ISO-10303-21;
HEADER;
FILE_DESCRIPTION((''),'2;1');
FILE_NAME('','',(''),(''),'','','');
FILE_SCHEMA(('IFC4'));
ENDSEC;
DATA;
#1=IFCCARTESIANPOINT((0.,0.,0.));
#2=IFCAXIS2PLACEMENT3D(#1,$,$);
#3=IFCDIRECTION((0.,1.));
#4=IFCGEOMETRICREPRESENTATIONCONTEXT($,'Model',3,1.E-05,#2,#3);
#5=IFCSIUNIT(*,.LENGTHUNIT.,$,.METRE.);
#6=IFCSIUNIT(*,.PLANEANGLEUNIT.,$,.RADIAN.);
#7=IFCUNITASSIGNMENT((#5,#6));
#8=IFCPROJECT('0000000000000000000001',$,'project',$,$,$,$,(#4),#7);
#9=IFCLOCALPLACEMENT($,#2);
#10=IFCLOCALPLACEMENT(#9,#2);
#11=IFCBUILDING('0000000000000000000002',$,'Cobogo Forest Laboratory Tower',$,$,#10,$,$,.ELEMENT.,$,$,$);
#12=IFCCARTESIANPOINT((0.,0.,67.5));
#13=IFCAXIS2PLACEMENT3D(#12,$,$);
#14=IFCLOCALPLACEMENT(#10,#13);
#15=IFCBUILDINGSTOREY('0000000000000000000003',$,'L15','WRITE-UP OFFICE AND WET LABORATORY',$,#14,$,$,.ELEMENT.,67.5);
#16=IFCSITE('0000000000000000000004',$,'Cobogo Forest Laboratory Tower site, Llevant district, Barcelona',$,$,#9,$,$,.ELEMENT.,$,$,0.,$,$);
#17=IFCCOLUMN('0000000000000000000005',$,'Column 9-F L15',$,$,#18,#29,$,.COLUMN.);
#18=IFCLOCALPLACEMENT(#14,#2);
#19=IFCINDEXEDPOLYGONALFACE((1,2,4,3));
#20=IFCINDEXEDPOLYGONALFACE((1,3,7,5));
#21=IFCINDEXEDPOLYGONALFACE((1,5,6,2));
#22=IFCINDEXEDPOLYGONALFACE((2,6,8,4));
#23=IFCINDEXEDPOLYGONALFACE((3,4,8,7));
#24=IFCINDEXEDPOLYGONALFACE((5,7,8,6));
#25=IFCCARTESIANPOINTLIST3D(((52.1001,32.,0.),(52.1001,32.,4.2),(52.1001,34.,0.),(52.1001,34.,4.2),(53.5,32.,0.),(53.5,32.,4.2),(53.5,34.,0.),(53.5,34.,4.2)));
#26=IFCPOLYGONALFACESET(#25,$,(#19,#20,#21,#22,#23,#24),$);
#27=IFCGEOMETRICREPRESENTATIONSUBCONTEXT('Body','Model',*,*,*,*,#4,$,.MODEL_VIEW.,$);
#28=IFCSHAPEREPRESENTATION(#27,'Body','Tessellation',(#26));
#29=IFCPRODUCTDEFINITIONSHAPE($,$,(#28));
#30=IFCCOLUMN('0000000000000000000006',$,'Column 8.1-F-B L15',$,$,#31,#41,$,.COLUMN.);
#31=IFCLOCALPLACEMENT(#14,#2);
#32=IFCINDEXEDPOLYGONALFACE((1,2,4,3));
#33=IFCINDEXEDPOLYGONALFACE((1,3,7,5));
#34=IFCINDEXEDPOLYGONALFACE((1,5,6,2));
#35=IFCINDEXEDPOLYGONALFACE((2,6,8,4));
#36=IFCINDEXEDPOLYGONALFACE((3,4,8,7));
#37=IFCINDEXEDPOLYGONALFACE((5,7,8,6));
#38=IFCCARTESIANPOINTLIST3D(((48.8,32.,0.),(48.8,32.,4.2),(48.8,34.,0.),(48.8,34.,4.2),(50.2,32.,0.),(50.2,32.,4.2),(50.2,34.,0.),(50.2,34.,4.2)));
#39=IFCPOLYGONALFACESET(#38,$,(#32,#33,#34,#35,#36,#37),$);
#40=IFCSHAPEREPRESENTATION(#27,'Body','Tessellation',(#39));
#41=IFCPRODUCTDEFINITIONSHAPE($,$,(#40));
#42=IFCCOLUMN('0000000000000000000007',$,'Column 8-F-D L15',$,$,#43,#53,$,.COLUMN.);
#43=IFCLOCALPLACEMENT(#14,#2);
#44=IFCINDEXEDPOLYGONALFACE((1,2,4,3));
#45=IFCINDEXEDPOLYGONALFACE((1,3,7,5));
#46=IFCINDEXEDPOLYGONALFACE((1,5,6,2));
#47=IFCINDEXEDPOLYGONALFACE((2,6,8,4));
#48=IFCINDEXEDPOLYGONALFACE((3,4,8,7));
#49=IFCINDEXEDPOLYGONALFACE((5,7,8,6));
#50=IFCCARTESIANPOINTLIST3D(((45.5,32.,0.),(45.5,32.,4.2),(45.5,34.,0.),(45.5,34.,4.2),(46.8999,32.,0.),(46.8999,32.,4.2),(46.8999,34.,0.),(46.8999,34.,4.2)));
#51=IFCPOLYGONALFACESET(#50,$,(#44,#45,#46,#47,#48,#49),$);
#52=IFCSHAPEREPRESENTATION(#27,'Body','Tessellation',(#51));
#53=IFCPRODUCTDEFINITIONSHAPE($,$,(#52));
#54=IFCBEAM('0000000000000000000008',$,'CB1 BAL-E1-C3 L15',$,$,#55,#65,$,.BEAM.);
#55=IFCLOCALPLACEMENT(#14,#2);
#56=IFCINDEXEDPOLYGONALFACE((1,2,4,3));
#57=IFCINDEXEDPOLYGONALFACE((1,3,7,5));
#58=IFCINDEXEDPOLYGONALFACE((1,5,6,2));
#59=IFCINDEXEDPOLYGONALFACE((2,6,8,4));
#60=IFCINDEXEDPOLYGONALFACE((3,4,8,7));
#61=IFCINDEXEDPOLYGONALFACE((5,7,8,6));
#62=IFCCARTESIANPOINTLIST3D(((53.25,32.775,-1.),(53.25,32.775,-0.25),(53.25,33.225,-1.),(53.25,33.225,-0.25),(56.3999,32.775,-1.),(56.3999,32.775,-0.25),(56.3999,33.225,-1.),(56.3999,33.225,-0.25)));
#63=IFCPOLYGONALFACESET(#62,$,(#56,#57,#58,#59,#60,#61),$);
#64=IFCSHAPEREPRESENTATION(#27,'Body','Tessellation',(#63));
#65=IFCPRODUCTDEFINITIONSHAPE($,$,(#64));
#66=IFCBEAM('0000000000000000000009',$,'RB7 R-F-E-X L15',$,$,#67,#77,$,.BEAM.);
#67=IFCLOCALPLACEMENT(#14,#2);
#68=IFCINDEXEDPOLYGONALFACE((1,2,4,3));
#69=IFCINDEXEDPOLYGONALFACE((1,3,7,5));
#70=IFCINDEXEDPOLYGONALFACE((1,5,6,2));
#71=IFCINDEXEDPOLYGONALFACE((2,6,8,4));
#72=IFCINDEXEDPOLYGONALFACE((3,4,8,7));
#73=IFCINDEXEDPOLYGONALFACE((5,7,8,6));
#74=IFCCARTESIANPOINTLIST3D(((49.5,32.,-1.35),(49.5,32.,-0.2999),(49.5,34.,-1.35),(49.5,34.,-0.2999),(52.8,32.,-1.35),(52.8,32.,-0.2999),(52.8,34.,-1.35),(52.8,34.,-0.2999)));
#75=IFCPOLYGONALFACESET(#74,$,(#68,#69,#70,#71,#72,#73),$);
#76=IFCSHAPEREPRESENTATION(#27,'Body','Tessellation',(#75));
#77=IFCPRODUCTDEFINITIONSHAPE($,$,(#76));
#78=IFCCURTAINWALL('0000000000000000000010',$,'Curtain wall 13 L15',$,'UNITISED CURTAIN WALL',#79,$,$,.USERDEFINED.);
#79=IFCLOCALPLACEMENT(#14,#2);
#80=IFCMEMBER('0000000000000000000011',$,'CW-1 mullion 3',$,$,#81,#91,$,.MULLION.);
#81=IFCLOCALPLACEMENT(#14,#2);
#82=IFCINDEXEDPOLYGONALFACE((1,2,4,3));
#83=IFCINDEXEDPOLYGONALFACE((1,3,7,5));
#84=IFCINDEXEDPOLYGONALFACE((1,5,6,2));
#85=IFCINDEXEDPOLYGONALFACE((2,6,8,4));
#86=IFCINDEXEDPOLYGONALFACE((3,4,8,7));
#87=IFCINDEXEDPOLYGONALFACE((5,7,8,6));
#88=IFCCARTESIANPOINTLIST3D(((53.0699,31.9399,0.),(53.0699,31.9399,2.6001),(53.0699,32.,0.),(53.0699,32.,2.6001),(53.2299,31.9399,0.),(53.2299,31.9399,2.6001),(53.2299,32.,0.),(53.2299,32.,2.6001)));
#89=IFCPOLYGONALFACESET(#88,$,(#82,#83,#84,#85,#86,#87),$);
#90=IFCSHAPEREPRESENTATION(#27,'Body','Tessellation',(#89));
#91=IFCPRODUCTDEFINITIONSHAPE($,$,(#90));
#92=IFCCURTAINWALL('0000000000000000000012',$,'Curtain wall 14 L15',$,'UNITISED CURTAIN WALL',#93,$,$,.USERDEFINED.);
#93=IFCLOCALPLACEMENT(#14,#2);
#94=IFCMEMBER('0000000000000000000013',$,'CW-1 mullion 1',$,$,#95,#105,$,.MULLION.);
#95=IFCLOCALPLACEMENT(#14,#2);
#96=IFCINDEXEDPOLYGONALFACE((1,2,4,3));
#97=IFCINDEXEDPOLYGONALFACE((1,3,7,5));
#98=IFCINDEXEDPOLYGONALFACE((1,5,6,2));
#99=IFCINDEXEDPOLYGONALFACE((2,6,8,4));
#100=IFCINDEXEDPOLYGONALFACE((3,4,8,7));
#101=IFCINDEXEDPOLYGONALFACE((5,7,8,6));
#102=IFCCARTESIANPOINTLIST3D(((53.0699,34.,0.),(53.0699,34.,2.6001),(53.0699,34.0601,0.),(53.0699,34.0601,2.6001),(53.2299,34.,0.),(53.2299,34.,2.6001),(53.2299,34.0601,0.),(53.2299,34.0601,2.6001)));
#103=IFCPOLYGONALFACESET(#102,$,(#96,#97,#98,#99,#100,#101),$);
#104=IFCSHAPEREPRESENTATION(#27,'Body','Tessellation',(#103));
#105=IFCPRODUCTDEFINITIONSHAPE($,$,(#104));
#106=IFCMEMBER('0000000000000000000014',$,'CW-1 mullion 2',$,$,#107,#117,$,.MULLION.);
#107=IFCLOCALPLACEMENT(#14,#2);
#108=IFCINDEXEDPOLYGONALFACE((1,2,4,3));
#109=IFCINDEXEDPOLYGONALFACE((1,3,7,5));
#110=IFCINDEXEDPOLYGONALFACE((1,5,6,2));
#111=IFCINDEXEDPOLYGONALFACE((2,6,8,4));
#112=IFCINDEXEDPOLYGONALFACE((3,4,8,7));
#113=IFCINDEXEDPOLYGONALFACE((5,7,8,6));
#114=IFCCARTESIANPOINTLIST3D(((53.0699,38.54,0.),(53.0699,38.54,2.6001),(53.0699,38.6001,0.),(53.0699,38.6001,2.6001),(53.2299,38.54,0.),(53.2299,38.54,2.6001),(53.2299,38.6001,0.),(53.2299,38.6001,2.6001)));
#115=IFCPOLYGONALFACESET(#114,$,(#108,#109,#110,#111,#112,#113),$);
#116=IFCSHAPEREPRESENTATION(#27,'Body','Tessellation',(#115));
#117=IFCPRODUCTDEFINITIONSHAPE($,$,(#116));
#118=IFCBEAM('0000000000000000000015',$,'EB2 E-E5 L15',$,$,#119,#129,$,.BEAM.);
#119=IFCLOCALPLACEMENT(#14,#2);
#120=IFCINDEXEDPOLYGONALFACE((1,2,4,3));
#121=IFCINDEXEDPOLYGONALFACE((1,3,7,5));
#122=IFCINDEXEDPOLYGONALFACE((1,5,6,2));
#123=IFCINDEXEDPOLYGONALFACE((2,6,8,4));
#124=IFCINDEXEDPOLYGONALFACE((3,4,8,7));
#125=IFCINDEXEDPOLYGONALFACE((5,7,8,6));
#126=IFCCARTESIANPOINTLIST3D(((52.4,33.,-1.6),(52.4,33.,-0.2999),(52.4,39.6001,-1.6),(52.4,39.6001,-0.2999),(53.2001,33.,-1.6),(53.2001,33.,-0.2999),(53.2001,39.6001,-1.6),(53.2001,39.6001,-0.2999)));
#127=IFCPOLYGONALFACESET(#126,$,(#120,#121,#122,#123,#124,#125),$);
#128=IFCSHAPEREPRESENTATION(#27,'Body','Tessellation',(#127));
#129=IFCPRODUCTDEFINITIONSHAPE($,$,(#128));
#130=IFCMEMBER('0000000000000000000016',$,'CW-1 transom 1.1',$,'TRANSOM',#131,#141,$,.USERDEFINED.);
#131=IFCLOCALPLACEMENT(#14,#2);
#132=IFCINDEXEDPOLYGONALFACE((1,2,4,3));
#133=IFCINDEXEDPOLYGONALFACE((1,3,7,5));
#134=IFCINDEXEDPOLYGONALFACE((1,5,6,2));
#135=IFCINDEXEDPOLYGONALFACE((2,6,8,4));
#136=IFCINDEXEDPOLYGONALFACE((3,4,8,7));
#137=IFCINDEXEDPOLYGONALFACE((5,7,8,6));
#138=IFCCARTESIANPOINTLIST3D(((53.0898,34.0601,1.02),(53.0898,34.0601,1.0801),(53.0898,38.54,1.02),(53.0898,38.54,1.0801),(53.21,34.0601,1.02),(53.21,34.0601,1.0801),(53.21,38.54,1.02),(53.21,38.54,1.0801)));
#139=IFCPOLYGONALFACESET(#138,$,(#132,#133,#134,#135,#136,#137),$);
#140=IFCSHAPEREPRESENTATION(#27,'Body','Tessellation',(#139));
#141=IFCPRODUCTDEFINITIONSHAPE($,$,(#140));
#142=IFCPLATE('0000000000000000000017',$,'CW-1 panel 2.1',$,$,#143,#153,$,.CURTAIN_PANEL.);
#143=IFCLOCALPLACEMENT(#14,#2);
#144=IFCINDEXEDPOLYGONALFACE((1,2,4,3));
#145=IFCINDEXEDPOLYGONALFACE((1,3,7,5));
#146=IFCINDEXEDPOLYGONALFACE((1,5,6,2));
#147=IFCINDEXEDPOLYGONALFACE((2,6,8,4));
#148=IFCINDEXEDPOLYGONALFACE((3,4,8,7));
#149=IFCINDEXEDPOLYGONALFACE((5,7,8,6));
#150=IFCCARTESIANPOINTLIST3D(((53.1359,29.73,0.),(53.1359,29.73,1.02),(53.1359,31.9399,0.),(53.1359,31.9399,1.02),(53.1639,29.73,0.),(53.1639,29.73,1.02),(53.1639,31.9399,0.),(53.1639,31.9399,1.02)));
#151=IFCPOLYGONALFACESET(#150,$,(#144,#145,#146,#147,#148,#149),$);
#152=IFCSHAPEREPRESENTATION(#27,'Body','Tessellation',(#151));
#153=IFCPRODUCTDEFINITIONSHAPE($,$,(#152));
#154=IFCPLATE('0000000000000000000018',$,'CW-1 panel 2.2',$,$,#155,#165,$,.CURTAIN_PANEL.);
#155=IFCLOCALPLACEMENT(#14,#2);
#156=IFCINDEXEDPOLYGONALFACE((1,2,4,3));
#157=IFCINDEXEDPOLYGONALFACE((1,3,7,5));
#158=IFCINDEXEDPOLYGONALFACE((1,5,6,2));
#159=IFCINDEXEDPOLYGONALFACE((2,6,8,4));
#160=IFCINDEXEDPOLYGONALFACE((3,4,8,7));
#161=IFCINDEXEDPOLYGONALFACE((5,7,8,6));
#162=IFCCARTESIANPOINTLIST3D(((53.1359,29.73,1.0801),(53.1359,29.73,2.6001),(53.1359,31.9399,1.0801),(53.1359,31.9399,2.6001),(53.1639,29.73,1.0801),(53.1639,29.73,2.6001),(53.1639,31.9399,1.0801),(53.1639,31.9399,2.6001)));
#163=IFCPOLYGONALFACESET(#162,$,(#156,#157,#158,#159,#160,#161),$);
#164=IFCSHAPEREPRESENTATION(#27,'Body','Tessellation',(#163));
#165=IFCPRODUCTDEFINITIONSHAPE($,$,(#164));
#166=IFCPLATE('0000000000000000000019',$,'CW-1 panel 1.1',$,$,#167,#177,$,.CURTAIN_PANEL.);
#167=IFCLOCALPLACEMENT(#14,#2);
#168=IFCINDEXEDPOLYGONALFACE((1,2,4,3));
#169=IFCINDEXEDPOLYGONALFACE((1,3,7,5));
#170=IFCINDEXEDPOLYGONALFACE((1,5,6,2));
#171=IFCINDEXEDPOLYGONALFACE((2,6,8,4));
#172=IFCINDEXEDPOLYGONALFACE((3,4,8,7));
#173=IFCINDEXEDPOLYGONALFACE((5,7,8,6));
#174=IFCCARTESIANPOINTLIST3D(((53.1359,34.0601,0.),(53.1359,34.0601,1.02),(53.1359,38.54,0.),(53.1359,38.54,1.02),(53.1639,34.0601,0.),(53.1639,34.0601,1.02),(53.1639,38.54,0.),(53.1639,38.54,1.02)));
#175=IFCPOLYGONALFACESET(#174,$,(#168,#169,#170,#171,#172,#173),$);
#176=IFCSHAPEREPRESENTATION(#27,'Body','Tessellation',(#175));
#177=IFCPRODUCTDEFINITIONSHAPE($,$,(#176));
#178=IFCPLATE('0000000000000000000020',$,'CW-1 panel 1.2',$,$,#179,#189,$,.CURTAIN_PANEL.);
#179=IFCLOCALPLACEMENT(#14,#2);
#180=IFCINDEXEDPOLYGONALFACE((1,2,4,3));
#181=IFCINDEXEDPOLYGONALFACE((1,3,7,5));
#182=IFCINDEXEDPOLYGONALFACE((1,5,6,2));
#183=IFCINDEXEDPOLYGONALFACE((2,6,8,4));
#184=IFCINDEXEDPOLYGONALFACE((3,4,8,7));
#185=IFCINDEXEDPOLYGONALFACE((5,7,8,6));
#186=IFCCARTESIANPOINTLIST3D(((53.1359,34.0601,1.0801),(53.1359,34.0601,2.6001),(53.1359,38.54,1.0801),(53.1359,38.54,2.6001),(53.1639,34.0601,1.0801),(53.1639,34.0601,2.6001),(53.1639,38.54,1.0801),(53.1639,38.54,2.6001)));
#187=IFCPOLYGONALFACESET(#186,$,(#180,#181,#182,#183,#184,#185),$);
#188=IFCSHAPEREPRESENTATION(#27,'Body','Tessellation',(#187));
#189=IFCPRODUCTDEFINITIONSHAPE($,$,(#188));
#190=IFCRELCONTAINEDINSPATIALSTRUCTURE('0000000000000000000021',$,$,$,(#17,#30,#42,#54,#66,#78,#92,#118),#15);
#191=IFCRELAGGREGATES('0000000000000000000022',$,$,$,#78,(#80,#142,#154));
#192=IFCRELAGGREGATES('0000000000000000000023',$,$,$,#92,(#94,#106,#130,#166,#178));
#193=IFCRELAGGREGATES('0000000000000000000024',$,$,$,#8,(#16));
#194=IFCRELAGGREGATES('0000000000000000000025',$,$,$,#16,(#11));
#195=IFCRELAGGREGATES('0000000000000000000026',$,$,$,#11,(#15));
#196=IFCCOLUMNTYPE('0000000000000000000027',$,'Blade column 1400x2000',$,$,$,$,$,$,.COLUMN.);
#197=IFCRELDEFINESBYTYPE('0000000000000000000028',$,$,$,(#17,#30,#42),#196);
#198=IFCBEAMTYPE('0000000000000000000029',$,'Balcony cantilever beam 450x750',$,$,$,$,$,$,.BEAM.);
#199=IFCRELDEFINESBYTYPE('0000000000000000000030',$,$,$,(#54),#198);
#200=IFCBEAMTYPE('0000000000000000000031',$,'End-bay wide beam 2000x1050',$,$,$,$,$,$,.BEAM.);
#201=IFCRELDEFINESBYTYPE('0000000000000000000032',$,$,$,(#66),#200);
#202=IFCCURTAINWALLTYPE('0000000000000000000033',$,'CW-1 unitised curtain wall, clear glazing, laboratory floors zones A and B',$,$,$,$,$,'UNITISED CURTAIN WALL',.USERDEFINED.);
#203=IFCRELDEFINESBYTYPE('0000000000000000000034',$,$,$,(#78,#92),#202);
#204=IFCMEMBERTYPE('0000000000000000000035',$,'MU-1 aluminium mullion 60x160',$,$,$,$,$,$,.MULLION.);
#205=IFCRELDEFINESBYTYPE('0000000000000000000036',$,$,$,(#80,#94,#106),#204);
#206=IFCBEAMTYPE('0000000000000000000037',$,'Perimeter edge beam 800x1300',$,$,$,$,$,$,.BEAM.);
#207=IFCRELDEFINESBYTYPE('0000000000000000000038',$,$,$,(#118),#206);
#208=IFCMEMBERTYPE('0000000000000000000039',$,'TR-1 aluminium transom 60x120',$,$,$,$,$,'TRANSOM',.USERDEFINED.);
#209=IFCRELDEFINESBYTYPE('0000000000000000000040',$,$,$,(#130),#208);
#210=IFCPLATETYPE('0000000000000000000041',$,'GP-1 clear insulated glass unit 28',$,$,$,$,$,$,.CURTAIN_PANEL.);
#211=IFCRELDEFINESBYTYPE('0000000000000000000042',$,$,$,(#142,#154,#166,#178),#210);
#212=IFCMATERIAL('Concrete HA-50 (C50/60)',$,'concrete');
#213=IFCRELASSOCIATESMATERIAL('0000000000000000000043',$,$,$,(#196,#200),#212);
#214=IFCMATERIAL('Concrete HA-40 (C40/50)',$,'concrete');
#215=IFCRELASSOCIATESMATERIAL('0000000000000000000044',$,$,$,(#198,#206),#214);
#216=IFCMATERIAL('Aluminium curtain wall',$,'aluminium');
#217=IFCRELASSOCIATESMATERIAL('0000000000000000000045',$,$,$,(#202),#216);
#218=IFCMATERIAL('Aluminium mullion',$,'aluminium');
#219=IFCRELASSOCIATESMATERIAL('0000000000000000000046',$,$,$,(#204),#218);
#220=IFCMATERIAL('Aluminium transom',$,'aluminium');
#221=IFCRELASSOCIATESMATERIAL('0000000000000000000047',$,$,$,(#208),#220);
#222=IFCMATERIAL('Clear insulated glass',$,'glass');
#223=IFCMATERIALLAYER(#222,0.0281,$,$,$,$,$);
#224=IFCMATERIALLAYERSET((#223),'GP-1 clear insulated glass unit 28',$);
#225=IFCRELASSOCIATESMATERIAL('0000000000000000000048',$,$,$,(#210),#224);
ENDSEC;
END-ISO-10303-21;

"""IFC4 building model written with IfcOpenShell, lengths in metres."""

from ifc_helpers import new_model, si_unit, direction, frame, origin, origin_2d, place, context, subcontext, project, spatial, rectangle, extrude, material, layer, layer_set, material_profile, profile_set, type_object, element, aggregate, save


model = new_model("IFC4")

# Units and contexts
model_context = context("Model", 3, precision=1e-05, world=origin(), true_north=direction((0.0, 1.0)))
body_context = subcontext(model_context, "Body", "Model", "MODEL_VIEW")
ifc_project = project(units=[si_unit("LENGTHUNIT", "METRE"), si_unit("PLANEANGLEUNIT", "RADIAN")], contexts=[model_context])

# Site, building, storey
site_placement = place(None, origin())
site = spatial("IfcSite", under=ifc_project, at=site_placement, Name="Cobogo Forest Laboratory Tower site, Llevant district, Barcelona", CompositionType="ELEMENT", RefElevation=0.0)
building_placement = place(site_placement, origin())
building = spatial("IfcBuilding", under=site, at=building_placement, Name="Cobogo Forest Laboratory Tower", CompositionType="ELEMENT")
storey_placement = place(building_placement, frame((0.0, 0.0, 67.5)))
storey = spatial("IfcBuildingStorey", under=building, at=storey_placement, Name="L15", Description="WRITE-UP OFFICE AND WET LABORATORY", CompositionType="ELEMENT", Elevation=67.5)

# Columns
ifc_material_1 = material(Name="Concrete HA-50 (C50/60)", Category="concrete")
ifc_material_profile_1 = material_profile(ifc_material_1, rectangle(XDim=2.0, YDim=1.3999, at=origin_2d()), Name="RC 1400x2000")
ifc_profile_set_1 = profile_set([ifc_material_profile_1], Name="Concrete HA-50 (C50/60)")
column_type = type_object("IfcColumnType", Name="Blade column 1400x2000", PredefinedType="COLUMN", material=ifc_profile_set_1)
for number, where, z_axis, x_axis, name in (
    (1, (52.8, 33.0, 0.0), (0.0, 0.0, 1.0), (0.0, 1.0, 0.0), "Column 9-F L15"),
    (2, (49.5, 33.0, 0.0), (0.0, 0.0, 1.0), (0.0, 1.0, 0.0), "Column 8.1-F-B L15"),
    (3, (46.2, 33.0, 0.0), (0.0, 0.0, 1.0), (0.0, 1.0, 0.0), "Column 8-F-D L15"),
):
    element("IfcColumn", number, at=place(storey_placement, frame(where, z_axis=z_axis, x_axis=x_axis)), inside=storey, type_object=column_type, Name=name, PredefinedType="COLUMN", context=body_context, shape_type="SweptSolid", body=[
        extrude(rectangle(XDim=2.0, YDim=1.3999, at=origin_2d()), origin(), (0.0, 0.0, 1.0), 4.2),
    ])

# Beams
ifc_material_2 = material(Name="Concrete HA-40 (C40/50)", Category="concrete")
ifc_material_profile_2 = material_profile(ifc_material_2, rectangle(XDim=0.45, YDim=0.75, at=origin_2d()), Name="RC 450x750")
ifc_profile_set_2 = profile_set([ifc_material_profile_2], Name="Concrete HA-40 (C40/50)")
beam_type_1 = type_object("IfcBeamType", Name="Balcony cantilever beam 450x750", PredefinedType="BEAM", material=ifc_profile_set_2)
beam_1_placement = place(storey_placement, frame((53.25, 33.0, -0.625), z_axis=(1.0, 0.0, 0.0), x_axis=(0.0, 1.0, 0.0)))
element("IfcBeam", 4, at=beam_1_placement, inside=storey, type_object=beam_type_1, Name="CB1 BAL-E1-C3 L15", PredefinedType="BEAM", context=body_context, shape_type="SweptSolid", body=[
    extrude(rectangle(XDim=0.45, YDim=0.75, at=origin_2d()), origin(), (0.0, 0.0, 1.0), 3.1499),
])
ifc_material_profile_3 = material_profile(ifc_material_1, rectangle(XDim=2.0, YDim=1.05, at=origin_2d()), Name="RC 2000x1050")
ifc_profile_set_3 = profile_set([ifc_material_profile_3], Name="Concrete HA-50 (C50/60)")
beam_type_2 = type_object("IfcBeamType", Name="End-bay wide beam 2000x1050", PredefinedType="BEAM", material=ifc_profile_set_3)
beam_2_placement = place(storey_placement, frame((52.8, 33.0, -0.825), z_axis=(-1.0, 0.0, 0.0), x_axis=(0.0, -1.0, 0.0)))
element("IfcBeam", 5, at=beam_2_placement, inside=storey, type_object=beam_type_2, Name="RB7 R-F-E-X L15", PredefinedType="BEAM", context=body_context, shape_type="SweptSolid", body=[
    extrude(rectangle(XDim=2.0, YDim=1.05, at=origin_2d()), origin(), (0.0, 0.0, 1.0), 3.3),
])

# Curtain wall, member
ifc_material_3 = material(Name="Aluminium curtain wall", Category="aluminium")
curtain_wall_type = type_object("IfcCurtainWallType", Name="CW-1 unitised curtain wall, clear glazing, laboratory floors zones A and B", ElementType="UNITISED CURTAIN WALL", PredefinedType="USERDEFINED", material=ifc_material_3)
curtain_wall_1_placement = place(storey_placement, origin())
curtain_wall_1 = element("IfcCurtainWall", 6, at=curtain_wall_1_placement, inside=storey, type_object=curtain_wall_type, Name="Curtain wall 13 L15", ObjectType="UNITISED CURTAIN WALL", PredefinedType="USERDEFINED")
ifc_material_4 = material(Name="Aluminium mullion", Category="aluminium")
ifc_material_profile_4 = material_profile(ifc_material_4, rectangle(XDim=0.0601, YDim=0.1599, at=origin_2d()), Name="AL 60x160")
ifc_profile_set_4 = profile_set([ifc_material_profile_4], Name="Aluminium mullion")
member_type_1 = type_object("IfcMemberType", Name="MU-1 aluminium mullion 60x160", PredefinedType="MULLION", material=ifc_profile_set_4)
member_1_placement = place(storey_placement, frame((53.1499, 31.97, 0.0), z_axis=(0.0, 0.0, 1.0), x_axis=(0.0, 1.0, 0.0)))
member_1 = element("IfcMember", 7, at=member_1_placement, type_object=member_type_1, Name="CW-1 mullion 3", PredefinedType="MULLION", context=body_context, shape_type="SweptSolid", body=[
    extrude(rectangle(XDim=0.0601, YDim=0.1599, at=origin_2d()), origin(), (0.0, 0.0, 1.0), 2.6001),
])

# Curtain wall, members
curtain_wall_2_placement = place(storey_placement, origin())
curtain_wall_2 = element("IfcCurtainWall", 8, at=curtain_wall_2_placement, inside=storey, type_object=curtain_wall_type, Name="Curtain wall 14 L15", ObjectType="UNITISED CURTAIN WALL", PredefinedType="USERDEFINED")
member_2_placement = place(storey_placement, frame((53.1499, 34.03, 0.0), z_axis=(0.0, 0.0, 1.0), x_axis=(0.0, 1.0, 0.0)))
member_2 = element("IfcMember", 9, at=member_2_placement, type_object=member_type_1, Name="CW-1 mullion 1", PredefinedType="MULLION", context=body_context, shape_type="SweptSolid", body=[
    extrude(rectangle(XDim=0.0601, YDim=0.1599, at=origin_2d()), origin(), (0.0, 0.0, 1.0), 2.6001),
])
member_3_placement = place(storey_placement, frame((53.1499, 38.5701, 0.0), z_axis=(0.0, 0.0, 1.0), x_axis=(0.0, 1.0, 0.0)))
member_3 = element("IfcMember", 10, at=member_3_placement, type_object=member_type_1, Name="CW-1 mullion 2", PredefinedType="MULLION", context=body_context, shape_type="SweptSolid", body=[
    extrude(rectangle(XDim=0.0601, YDim=0.1599, at=origin_2d()), origin(), (0.0, 0.0, 1.0), 2.6001),
])

# Beam
ifc_material_profile_5 = material_profile(ifc_material_2, rectangle(XDim=0.8, YDim=1.3, at=origin_2d()), Name="RC 800x1300")
ifc_profile_set_5 = profile_set([ifc_material_profile_5], Name="Concrete HA-40 (C40/50)")
beam_type_3 = type_object("IfcBeamType", Name="Perimeter edge beam 800x1300", PredefinedType="BEAM", material=ifc_profile_set_5)
beam_3_placement = place(storey_placement, frame((52.8, 33.0, -0.95), z_axis=(0.0, 1.0, 0.0), x_axis=(-1.0, 0.0, 0.0)))
element("IfcBeam", 11, at=beam_3_placement, inside=storey, type_object=beam_type_3, Name="EB2 E-E5 L15", PredefinedType="BEAM", context=body_context, shape_type="SweptSolid", body=[
    extrude(rectangle(XDim=0.8, YDim=1.3, at=origin_2d()), origin(), (0.0, 0.0, 1.0), 6.6001),
])

# Member
ifc_material_5 = material(Name="Aluminium transom", Category="aluminium")
ifc_material_profile_6 = material_profile(ifc_material_5, rectangle(XDim=0.1201, YDim=0.0601, at=origin_2d()), Name="AL 60x120")
ifc_profile_set_6 = profile_set([ifc_material_profile_6], Name="Aluminium transom")
member_type_2 = type_object("IfcMemberType", Name="TR-1 aluminium transom 60x120", ElementType="TRANSOM", PredefinedType="USERDEFINED", material=ifc_profile_set_6)
member_4_placement = place(storey_placement, frame((53.1499, 34.0601, 1.05), z_axis=(0.0, 1.0, 0.0), x_axis=(-1.0, 0.0, 0.0)))
member_4 = element("IfcMember", 12, at=member_4_placement, type_object=member_type_2, Name="CW-1 transom 1.1", ObjectType="TRANSOM", PredefinedType="USERDEFINED", context=body_context, shape_type="SweptSolid", body=[
    extrude(rectangle(XDim=0.1201, YDim=0.0601, at=origin_2d()), origin(), (0.0, 0.0, 1.0), 4.48),
])

# Plates
ifc_material_6 = material(Name="Clear insulated glass", Category="glass")
ifc_layer_1 = layer(ifc_material_6, 0.0281)
ifc_layer_set_1 = layer_set([ifc_layer_1], Name="GP-1 clear insulated glass unit 28")
plate_type_1 = type_object("IfcPlateType", Name="GP-1 clear insulated glass unit 28", PredefinedType="CURTAIN_PANEL", material=ifc_layer_set_1)
plate_1_placement = place(storey_placement, frame((53.1499, 30.835, 0.0), z_axis=(0.0, 0.0, 1.0), x_axis=(0.0, 1.0, 0.0)))
plate_1 = element("IfcPlate", 13, at=plate_1_placement, type_object=plate_type_1, Name="CW-1 panel 2.1", PredefinedType="CURTAIN_PANEL", context=body_context, shape_type="SweptSolid", body=[
    extrude(rectangle(XDim=2.21, YDim=0.0281, at=origin_2d()), origin(), (0.0, 0.0, 1.0), 1.02),
])
plate_2_placement = place(storey_placement, frame((53.1499, 30.835, 1.0801), z_axis=(0.0, 0.0, 1.0), x_axis=(0.0, 1.0, 0.0)))
plate_2 = element("IfcPlate", 14, at=plate_2_placement, type_object=plate_type_1, Name="CW-1 panel 2.2", PredefinedType="CURTAIN_PANEL", context=body_context, shape_type="SweptSolid", body=[
    extrude(rectangle(XDim=2.21, YDim=0.0281, at=origin_2d()), origin(), (0.0, 0.0, 1.0), 1.52),
])
aggregate(curtain_wall_1, [member_1, plate_1, plate_2])
plate_3_placement = place(storey_placement, frame((53.1499, 36.3, 0.0), z_axis=(0.0, 0.0, 1.0), x_axis=(0.0, 1.0, 0.0)))
plate_3 = element("IfcPlate", 15, at=plate_3_placement, type_object=plate_type_1, Name="CW-1 panel 1.1", PredefinedType="CURTAIN_PANEL", context=body_context, shape_type="SweptSolid", body=[
    extrude(rectangle(XDim=4.48, YDim=0.0281, at=origin_2d()), origin(), (0.0, 0.0, 1.0), 1.02),
])
plate_4_placement = place(storey_placement, frame((53.1499, 36.3, 1.0801), z_axis=(0.0, 0.0, 1.0), x_axis=(0.0, 1.0, 0.0)))
plate_4 = element("IfcPlate", 16, at=plate_4_placement, type_object=plate_type_1, Name="CW-1 panel 1.2", PredefinedType="CURTAIN_PANEL", context=body_context, shape_type="SweptSolid", body=[
    extrude(rectangle(XDim=4.48, YDim=0.0281, at=origin_2d()), origin(), (0.0, 0.0, 1.0), 1.52),
])
aggregate(curtain_wall_2, [member_2, member_3, member_4, plate_3, plate_4])

save(model, "model.ifc")
